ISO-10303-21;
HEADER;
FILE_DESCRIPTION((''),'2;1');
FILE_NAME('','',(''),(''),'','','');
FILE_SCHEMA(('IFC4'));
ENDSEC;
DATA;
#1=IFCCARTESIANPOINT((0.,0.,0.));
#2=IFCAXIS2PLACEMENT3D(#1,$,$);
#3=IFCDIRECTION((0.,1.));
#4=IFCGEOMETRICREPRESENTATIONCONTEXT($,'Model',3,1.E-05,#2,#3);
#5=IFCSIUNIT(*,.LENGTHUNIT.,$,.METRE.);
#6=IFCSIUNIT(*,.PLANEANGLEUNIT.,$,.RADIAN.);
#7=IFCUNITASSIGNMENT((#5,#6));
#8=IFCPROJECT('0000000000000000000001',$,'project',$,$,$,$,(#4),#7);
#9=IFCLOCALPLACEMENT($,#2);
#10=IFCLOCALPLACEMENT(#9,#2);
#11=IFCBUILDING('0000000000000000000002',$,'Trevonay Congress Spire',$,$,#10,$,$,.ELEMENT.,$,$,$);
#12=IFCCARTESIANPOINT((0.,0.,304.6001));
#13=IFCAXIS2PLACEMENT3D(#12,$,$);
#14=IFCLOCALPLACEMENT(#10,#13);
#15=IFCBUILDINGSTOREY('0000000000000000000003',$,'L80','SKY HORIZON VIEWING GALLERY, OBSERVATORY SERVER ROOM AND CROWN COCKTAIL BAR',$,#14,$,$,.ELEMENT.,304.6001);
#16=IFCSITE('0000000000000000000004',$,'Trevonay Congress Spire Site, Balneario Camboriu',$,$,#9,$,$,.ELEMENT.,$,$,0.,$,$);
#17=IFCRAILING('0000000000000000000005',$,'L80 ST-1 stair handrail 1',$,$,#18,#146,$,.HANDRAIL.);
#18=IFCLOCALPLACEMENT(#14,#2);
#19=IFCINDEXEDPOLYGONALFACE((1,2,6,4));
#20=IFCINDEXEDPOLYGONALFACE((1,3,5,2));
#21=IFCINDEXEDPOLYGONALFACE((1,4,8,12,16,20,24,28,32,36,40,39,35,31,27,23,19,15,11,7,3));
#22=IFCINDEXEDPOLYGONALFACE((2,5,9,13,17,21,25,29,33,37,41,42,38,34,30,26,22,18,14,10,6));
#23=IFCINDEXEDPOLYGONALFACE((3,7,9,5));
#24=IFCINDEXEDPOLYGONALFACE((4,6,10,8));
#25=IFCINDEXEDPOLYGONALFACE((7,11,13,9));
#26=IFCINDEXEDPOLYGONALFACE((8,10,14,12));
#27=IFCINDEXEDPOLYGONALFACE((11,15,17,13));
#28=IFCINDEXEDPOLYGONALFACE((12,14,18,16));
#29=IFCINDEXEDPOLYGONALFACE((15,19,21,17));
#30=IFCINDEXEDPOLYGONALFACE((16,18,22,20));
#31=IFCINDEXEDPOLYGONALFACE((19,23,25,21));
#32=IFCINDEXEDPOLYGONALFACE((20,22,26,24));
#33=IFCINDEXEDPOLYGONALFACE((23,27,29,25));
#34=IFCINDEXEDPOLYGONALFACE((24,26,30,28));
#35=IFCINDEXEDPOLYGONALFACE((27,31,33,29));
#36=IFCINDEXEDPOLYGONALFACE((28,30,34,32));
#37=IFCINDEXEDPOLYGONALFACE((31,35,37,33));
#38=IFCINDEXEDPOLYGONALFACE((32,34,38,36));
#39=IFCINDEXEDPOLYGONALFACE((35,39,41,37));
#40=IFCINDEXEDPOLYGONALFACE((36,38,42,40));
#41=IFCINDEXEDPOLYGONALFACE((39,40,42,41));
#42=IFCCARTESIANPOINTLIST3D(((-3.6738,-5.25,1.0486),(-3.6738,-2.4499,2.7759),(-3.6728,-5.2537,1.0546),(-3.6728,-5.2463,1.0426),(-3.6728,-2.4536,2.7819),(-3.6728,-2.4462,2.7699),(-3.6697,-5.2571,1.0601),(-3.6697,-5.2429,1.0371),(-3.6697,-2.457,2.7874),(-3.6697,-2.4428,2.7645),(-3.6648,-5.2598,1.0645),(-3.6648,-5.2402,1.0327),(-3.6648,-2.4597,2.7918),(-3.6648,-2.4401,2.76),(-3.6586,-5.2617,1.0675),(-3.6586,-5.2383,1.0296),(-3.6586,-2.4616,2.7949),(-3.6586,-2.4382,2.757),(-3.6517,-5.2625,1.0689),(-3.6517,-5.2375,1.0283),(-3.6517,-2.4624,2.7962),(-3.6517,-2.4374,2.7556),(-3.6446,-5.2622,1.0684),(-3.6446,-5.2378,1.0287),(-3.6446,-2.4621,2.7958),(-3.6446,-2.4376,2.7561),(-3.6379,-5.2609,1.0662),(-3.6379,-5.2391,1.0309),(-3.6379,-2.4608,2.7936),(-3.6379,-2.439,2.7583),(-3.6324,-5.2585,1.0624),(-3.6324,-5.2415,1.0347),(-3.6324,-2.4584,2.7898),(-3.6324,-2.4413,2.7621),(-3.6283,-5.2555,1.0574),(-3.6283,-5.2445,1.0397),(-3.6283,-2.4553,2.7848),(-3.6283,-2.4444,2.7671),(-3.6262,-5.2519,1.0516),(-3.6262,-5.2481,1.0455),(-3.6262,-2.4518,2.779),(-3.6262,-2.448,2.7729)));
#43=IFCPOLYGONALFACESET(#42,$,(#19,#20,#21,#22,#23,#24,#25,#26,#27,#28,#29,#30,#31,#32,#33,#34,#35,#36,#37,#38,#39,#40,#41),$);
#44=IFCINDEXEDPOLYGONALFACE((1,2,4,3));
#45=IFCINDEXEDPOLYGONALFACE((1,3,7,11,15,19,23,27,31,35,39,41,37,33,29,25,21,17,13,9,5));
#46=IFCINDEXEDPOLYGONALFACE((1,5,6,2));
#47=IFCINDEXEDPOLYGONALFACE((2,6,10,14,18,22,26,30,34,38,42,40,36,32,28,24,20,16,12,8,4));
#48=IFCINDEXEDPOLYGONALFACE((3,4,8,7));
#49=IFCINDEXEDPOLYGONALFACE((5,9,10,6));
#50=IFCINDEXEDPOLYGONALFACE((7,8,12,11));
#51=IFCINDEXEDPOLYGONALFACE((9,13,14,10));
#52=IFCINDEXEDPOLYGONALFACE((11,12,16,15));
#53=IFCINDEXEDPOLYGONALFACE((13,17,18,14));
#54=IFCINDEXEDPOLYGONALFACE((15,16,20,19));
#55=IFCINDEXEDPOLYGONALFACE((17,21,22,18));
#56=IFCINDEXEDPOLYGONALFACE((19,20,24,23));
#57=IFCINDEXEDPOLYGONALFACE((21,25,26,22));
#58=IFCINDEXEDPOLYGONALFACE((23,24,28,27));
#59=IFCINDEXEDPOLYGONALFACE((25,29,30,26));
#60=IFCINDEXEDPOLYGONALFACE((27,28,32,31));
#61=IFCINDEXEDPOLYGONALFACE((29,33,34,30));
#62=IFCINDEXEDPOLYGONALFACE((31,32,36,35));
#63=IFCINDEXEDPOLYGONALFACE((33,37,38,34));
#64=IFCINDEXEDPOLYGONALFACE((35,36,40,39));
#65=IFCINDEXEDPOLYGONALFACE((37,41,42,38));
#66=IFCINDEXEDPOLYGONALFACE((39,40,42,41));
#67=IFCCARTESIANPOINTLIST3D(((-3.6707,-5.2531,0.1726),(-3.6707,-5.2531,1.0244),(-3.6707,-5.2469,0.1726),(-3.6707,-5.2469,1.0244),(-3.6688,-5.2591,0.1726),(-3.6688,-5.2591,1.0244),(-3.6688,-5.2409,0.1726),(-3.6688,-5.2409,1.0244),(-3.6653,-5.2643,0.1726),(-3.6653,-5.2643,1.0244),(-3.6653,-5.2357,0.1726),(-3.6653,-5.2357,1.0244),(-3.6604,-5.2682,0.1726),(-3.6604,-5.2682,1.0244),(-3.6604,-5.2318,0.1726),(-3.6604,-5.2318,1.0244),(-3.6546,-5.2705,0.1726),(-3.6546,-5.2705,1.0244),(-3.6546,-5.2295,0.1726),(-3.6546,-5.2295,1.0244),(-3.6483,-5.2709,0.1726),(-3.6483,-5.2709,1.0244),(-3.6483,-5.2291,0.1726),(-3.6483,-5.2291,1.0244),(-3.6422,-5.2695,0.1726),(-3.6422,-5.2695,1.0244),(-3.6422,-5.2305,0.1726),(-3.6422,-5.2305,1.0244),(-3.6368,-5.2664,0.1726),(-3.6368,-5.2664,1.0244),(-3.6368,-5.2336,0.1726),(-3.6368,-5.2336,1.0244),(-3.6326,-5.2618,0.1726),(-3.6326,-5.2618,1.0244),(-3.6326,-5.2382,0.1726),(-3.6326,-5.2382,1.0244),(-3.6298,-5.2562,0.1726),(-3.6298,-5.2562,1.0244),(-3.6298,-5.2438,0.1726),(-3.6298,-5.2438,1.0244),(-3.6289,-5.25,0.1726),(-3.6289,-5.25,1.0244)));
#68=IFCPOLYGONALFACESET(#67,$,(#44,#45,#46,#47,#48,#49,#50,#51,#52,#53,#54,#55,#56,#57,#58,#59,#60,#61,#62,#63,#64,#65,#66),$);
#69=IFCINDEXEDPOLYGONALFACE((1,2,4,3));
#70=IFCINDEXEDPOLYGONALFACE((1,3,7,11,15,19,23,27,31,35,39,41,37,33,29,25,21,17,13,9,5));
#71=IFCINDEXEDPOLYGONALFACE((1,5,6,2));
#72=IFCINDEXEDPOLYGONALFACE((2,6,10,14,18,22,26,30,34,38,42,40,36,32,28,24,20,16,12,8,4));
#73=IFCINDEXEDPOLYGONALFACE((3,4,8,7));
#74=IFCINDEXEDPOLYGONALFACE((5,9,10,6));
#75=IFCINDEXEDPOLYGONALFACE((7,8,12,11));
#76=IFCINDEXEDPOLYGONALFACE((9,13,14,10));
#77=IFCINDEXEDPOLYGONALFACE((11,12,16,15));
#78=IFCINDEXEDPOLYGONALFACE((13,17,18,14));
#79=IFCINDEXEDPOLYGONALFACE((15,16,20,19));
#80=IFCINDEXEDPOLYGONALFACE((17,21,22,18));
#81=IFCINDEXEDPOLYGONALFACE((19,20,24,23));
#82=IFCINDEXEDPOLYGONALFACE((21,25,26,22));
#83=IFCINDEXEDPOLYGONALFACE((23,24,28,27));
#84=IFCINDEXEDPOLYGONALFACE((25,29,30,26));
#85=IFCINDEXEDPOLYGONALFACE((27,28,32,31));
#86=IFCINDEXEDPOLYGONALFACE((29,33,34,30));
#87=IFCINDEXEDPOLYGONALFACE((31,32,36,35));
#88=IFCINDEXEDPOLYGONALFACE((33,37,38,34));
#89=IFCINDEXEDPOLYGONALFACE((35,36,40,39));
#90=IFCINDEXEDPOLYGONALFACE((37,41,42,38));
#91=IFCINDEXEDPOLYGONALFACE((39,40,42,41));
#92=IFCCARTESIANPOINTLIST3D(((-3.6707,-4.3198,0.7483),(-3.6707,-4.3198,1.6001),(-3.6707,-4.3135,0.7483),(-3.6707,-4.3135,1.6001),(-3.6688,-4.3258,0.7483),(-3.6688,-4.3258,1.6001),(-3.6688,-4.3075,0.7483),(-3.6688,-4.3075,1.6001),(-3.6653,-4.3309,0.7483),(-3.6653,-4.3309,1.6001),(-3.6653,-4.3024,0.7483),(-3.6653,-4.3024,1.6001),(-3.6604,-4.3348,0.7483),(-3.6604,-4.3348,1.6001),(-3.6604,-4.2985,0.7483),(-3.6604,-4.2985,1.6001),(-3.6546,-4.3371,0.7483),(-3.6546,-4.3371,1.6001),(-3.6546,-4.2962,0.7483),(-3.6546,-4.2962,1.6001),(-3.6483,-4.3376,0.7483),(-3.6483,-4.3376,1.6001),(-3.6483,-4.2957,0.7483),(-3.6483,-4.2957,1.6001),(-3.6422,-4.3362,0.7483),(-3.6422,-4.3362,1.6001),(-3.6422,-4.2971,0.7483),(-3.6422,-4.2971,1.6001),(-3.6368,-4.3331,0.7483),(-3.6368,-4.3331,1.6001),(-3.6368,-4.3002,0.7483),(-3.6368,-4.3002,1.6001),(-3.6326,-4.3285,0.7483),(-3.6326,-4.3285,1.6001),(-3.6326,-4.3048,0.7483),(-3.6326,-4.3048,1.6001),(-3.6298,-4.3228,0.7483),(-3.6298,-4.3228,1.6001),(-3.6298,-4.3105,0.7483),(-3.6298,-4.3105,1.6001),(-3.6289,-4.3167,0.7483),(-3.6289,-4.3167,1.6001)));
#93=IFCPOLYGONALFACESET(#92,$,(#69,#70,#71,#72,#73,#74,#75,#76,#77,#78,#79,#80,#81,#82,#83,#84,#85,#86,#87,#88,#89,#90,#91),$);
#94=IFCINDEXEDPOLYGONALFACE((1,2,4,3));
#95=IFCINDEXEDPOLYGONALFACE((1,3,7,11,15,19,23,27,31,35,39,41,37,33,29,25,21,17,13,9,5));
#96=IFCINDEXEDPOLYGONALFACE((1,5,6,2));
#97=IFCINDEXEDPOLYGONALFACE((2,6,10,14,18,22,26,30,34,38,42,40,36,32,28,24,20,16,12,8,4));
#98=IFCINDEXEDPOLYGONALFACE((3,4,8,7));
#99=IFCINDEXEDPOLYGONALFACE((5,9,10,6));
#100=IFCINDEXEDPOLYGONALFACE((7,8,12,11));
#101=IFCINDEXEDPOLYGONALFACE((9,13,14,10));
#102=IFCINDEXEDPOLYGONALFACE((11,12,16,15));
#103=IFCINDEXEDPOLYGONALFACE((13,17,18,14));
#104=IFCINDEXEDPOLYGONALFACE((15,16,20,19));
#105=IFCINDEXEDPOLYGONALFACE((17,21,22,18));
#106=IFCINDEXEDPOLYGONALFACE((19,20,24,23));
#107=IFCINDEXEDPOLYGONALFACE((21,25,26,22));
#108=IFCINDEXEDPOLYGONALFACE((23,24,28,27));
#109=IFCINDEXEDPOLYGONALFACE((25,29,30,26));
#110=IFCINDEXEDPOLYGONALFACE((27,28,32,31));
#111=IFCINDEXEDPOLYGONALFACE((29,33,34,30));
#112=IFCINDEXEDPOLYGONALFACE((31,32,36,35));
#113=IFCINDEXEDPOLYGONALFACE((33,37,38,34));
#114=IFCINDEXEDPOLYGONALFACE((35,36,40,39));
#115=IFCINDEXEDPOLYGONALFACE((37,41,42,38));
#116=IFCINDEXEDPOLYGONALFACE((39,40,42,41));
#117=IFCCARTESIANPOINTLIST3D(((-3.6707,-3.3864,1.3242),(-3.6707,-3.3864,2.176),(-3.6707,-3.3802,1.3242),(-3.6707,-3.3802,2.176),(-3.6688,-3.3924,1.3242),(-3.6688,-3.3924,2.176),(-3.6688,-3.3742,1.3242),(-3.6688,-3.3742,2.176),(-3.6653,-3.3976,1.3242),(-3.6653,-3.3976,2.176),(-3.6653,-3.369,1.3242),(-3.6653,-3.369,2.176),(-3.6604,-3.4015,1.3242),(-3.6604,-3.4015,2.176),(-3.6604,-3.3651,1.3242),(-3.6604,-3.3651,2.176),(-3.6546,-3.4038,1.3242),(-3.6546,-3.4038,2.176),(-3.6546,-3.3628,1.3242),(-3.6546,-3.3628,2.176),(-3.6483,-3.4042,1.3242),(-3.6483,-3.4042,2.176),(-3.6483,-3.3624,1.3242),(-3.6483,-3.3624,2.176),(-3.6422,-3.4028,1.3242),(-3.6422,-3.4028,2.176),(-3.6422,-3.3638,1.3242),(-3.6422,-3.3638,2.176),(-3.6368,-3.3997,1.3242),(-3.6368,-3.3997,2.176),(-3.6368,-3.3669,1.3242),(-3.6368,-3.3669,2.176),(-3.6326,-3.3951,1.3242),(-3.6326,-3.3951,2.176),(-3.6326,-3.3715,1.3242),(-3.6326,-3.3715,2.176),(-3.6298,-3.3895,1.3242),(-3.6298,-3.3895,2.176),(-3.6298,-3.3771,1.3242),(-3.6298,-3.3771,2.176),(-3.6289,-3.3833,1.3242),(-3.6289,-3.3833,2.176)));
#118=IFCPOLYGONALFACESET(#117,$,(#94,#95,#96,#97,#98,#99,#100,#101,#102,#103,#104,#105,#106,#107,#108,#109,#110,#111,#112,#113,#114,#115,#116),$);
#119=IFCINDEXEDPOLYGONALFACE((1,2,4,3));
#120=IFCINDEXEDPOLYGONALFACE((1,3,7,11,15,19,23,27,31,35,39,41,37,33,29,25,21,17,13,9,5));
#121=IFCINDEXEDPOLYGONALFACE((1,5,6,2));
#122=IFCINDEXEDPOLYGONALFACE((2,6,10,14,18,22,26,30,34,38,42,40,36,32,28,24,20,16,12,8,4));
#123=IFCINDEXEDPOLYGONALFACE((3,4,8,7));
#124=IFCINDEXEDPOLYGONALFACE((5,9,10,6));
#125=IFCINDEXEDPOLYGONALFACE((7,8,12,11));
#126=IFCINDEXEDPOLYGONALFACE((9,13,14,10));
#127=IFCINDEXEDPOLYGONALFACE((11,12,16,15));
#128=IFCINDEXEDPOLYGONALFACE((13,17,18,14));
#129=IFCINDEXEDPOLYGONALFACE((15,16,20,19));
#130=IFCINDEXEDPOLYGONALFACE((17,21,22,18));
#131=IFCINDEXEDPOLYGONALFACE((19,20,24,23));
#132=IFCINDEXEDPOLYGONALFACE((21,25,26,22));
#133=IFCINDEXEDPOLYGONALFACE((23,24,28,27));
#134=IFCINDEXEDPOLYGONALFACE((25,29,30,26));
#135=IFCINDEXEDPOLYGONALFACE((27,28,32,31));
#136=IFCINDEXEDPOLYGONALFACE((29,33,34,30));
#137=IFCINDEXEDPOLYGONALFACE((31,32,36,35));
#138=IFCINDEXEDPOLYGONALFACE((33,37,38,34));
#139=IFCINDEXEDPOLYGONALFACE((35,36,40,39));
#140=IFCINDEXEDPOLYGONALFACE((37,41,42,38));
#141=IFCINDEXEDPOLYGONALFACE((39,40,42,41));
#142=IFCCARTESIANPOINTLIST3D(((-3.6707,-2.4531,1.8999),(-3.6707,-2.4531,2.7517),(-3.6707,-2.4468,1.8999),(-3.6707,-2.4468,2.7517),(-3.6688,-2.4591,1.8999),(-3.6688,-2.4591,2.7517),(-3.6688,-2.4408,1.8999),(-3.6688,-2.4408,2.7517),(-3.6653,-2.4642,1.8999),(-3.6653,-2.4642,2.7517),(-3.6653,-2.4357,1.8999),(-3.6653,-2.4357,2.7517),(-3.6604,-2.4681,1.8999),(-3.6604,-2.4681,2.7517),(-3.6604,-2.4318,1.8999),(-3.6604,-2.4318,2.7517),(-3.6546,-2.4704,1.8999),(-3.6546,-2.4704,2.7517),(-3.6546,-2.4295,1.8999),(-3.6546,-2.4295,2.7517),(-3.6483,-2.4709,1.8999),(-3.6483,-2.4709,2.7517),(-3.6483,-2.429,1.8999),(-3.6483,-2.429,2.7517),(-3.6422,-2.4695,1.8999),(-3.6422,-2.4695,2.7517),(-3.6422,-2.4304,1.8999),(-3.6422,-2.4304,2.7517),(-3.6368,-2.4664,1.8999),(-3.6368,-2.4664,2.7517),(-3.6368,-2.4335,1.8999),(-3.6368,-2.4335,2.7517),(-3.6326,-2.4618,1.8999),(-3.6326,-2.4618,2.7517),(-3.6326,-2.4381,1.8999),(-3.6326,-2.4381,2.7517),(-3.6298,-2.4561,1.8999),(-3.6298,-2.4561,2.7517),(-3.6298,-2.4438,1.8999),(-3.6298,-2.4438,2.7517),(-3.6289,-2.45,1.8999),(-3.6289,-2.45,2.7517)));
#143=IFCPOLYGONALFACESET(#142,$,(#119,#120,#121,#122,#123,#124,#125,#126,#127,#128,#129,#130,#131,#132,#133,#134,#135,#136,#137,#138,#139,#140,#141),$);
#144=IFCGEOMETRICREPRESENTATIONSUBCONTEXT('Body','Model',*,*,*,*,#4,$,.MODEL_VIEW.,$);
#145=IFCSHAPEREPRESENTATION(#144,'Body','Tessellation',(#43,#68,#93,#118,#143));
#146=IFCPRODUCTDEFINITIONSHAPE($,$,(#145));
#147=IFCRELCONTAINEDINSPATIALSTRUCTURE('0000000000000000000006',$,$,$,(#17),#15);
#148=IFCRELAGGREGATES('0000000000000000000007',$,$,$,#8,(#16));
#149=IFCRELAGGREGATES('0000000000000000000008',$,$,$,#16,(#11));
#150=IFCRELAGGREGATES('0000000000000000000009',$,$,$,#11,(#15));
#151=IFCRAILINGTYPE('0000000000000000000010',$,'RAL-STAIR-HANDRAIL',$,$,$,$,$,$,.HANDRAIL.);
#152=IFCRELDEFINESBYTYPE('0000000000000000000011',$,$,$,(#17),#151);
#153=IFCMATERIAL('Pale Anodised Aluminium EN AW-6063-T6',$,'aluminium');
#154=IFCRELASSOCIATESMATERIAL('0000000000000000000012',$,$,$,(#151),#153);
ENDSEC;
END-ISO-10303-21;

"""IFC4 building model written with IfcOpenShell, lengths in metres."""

from ifc_helpers import new_model, si_unit, direction, frame, origin, origin_2d, place, context, subcontext, project, spatial, circle, extrude, material, type_object, element, save


model = new_model("IFC4")

# Units and contexts
model_context = context("Model", 3, precision=1e-05, world=origin(), true_north=direction((0.0, 1.0)))
body_context = subcontext(model_context, "Body", "Model", "MODEL_VIEW")
ifc_project = project(units=[si_unit("LENGTHUNIT", "METRE"), si_unit("PLANEANGLEUNIT", "RADIAN")], contexts=[model_context])

# Site, building, storey
site_placement = place(None, origin())
site = spatial("IfcSite", under=ifc_project, at=site_placement, Name="Trevonay Congress Spire Site, Balneario Camboriu", CompositionType="ELEMENT", RefElevation=0.0)
building_placement = place(site_placement, origin())
building = spatial("IfcBuilding", under=site, at=building_placement, Name="Trevonay Congress Spire", CompositionType="ELEMENT")
storey_placement = place(building_placement, frame((0.0, 0.0, 304.6001)))
storey = spatial("IfcBuildingStorey", under=building, at=storey_placement, Name="L80", Description="SKY HORIZON VIEWING GALLERY, OBSERVATORY SERVER ROOM AND CROWN COCKTAIL BAR", CompositionType="ELEMENT", Elevation=304.6001)

# Shared definitions
ifc_material_1 = material(Name="Pale Anodised Aluminium EN AW-6063-T6", Category="aluminium")

# Railing
railing_type_1 = type_object("IfcRailingType", Name="RAL-STAIR-HANDRAIL", PredefinedType="HANDRAIL", material=ifc_material_1)
railing_1_placement = place(storey_placement, frame((-3.6499, -5.25, 0.1726)))
element("IfcRailing", 1, at=railing_1_placement, inside=storey, type_object=railing_type_1, Name="L80 ST-1 stair handrail 1", PredefinedType="HANDRAIL", context=body_context, shape_type="SweptSolid", body=[
    extrude(circle(Radius=0.0239, at=origin_2d()), frame((0.0, 0.0, 0.876), z_axis=(0.0, 0.85109, 0.52502), x_axis=(-1.0, 0.0, 0.0)), (0.0, 0.0, 1.0), 3.29),
    extrude(circle(Radius=0.021, at=origin_2d()), origin(), (0.0, 0.0, 1.0), 0.8518),
    extrude(circle(Radius=0.021, at=origin_2d()), frame((0.0, 0.9333, 0.5757)), (0.0, 0.0, 1.0), 0.8518),
    extrude(circle(Radius=0.021, at=origin_2d()), frame((0.0, 1.8667, 1.1516)), (0.0, 0.0, 1.0), 0.8518),
    extrude(circle(Radius=0.021, at=origin_2d()), frame((0.0, 2.8, 1.7273)), (0.0, 0.0, 1.0), 0.8518),
])

save(model, "model.ifc")
